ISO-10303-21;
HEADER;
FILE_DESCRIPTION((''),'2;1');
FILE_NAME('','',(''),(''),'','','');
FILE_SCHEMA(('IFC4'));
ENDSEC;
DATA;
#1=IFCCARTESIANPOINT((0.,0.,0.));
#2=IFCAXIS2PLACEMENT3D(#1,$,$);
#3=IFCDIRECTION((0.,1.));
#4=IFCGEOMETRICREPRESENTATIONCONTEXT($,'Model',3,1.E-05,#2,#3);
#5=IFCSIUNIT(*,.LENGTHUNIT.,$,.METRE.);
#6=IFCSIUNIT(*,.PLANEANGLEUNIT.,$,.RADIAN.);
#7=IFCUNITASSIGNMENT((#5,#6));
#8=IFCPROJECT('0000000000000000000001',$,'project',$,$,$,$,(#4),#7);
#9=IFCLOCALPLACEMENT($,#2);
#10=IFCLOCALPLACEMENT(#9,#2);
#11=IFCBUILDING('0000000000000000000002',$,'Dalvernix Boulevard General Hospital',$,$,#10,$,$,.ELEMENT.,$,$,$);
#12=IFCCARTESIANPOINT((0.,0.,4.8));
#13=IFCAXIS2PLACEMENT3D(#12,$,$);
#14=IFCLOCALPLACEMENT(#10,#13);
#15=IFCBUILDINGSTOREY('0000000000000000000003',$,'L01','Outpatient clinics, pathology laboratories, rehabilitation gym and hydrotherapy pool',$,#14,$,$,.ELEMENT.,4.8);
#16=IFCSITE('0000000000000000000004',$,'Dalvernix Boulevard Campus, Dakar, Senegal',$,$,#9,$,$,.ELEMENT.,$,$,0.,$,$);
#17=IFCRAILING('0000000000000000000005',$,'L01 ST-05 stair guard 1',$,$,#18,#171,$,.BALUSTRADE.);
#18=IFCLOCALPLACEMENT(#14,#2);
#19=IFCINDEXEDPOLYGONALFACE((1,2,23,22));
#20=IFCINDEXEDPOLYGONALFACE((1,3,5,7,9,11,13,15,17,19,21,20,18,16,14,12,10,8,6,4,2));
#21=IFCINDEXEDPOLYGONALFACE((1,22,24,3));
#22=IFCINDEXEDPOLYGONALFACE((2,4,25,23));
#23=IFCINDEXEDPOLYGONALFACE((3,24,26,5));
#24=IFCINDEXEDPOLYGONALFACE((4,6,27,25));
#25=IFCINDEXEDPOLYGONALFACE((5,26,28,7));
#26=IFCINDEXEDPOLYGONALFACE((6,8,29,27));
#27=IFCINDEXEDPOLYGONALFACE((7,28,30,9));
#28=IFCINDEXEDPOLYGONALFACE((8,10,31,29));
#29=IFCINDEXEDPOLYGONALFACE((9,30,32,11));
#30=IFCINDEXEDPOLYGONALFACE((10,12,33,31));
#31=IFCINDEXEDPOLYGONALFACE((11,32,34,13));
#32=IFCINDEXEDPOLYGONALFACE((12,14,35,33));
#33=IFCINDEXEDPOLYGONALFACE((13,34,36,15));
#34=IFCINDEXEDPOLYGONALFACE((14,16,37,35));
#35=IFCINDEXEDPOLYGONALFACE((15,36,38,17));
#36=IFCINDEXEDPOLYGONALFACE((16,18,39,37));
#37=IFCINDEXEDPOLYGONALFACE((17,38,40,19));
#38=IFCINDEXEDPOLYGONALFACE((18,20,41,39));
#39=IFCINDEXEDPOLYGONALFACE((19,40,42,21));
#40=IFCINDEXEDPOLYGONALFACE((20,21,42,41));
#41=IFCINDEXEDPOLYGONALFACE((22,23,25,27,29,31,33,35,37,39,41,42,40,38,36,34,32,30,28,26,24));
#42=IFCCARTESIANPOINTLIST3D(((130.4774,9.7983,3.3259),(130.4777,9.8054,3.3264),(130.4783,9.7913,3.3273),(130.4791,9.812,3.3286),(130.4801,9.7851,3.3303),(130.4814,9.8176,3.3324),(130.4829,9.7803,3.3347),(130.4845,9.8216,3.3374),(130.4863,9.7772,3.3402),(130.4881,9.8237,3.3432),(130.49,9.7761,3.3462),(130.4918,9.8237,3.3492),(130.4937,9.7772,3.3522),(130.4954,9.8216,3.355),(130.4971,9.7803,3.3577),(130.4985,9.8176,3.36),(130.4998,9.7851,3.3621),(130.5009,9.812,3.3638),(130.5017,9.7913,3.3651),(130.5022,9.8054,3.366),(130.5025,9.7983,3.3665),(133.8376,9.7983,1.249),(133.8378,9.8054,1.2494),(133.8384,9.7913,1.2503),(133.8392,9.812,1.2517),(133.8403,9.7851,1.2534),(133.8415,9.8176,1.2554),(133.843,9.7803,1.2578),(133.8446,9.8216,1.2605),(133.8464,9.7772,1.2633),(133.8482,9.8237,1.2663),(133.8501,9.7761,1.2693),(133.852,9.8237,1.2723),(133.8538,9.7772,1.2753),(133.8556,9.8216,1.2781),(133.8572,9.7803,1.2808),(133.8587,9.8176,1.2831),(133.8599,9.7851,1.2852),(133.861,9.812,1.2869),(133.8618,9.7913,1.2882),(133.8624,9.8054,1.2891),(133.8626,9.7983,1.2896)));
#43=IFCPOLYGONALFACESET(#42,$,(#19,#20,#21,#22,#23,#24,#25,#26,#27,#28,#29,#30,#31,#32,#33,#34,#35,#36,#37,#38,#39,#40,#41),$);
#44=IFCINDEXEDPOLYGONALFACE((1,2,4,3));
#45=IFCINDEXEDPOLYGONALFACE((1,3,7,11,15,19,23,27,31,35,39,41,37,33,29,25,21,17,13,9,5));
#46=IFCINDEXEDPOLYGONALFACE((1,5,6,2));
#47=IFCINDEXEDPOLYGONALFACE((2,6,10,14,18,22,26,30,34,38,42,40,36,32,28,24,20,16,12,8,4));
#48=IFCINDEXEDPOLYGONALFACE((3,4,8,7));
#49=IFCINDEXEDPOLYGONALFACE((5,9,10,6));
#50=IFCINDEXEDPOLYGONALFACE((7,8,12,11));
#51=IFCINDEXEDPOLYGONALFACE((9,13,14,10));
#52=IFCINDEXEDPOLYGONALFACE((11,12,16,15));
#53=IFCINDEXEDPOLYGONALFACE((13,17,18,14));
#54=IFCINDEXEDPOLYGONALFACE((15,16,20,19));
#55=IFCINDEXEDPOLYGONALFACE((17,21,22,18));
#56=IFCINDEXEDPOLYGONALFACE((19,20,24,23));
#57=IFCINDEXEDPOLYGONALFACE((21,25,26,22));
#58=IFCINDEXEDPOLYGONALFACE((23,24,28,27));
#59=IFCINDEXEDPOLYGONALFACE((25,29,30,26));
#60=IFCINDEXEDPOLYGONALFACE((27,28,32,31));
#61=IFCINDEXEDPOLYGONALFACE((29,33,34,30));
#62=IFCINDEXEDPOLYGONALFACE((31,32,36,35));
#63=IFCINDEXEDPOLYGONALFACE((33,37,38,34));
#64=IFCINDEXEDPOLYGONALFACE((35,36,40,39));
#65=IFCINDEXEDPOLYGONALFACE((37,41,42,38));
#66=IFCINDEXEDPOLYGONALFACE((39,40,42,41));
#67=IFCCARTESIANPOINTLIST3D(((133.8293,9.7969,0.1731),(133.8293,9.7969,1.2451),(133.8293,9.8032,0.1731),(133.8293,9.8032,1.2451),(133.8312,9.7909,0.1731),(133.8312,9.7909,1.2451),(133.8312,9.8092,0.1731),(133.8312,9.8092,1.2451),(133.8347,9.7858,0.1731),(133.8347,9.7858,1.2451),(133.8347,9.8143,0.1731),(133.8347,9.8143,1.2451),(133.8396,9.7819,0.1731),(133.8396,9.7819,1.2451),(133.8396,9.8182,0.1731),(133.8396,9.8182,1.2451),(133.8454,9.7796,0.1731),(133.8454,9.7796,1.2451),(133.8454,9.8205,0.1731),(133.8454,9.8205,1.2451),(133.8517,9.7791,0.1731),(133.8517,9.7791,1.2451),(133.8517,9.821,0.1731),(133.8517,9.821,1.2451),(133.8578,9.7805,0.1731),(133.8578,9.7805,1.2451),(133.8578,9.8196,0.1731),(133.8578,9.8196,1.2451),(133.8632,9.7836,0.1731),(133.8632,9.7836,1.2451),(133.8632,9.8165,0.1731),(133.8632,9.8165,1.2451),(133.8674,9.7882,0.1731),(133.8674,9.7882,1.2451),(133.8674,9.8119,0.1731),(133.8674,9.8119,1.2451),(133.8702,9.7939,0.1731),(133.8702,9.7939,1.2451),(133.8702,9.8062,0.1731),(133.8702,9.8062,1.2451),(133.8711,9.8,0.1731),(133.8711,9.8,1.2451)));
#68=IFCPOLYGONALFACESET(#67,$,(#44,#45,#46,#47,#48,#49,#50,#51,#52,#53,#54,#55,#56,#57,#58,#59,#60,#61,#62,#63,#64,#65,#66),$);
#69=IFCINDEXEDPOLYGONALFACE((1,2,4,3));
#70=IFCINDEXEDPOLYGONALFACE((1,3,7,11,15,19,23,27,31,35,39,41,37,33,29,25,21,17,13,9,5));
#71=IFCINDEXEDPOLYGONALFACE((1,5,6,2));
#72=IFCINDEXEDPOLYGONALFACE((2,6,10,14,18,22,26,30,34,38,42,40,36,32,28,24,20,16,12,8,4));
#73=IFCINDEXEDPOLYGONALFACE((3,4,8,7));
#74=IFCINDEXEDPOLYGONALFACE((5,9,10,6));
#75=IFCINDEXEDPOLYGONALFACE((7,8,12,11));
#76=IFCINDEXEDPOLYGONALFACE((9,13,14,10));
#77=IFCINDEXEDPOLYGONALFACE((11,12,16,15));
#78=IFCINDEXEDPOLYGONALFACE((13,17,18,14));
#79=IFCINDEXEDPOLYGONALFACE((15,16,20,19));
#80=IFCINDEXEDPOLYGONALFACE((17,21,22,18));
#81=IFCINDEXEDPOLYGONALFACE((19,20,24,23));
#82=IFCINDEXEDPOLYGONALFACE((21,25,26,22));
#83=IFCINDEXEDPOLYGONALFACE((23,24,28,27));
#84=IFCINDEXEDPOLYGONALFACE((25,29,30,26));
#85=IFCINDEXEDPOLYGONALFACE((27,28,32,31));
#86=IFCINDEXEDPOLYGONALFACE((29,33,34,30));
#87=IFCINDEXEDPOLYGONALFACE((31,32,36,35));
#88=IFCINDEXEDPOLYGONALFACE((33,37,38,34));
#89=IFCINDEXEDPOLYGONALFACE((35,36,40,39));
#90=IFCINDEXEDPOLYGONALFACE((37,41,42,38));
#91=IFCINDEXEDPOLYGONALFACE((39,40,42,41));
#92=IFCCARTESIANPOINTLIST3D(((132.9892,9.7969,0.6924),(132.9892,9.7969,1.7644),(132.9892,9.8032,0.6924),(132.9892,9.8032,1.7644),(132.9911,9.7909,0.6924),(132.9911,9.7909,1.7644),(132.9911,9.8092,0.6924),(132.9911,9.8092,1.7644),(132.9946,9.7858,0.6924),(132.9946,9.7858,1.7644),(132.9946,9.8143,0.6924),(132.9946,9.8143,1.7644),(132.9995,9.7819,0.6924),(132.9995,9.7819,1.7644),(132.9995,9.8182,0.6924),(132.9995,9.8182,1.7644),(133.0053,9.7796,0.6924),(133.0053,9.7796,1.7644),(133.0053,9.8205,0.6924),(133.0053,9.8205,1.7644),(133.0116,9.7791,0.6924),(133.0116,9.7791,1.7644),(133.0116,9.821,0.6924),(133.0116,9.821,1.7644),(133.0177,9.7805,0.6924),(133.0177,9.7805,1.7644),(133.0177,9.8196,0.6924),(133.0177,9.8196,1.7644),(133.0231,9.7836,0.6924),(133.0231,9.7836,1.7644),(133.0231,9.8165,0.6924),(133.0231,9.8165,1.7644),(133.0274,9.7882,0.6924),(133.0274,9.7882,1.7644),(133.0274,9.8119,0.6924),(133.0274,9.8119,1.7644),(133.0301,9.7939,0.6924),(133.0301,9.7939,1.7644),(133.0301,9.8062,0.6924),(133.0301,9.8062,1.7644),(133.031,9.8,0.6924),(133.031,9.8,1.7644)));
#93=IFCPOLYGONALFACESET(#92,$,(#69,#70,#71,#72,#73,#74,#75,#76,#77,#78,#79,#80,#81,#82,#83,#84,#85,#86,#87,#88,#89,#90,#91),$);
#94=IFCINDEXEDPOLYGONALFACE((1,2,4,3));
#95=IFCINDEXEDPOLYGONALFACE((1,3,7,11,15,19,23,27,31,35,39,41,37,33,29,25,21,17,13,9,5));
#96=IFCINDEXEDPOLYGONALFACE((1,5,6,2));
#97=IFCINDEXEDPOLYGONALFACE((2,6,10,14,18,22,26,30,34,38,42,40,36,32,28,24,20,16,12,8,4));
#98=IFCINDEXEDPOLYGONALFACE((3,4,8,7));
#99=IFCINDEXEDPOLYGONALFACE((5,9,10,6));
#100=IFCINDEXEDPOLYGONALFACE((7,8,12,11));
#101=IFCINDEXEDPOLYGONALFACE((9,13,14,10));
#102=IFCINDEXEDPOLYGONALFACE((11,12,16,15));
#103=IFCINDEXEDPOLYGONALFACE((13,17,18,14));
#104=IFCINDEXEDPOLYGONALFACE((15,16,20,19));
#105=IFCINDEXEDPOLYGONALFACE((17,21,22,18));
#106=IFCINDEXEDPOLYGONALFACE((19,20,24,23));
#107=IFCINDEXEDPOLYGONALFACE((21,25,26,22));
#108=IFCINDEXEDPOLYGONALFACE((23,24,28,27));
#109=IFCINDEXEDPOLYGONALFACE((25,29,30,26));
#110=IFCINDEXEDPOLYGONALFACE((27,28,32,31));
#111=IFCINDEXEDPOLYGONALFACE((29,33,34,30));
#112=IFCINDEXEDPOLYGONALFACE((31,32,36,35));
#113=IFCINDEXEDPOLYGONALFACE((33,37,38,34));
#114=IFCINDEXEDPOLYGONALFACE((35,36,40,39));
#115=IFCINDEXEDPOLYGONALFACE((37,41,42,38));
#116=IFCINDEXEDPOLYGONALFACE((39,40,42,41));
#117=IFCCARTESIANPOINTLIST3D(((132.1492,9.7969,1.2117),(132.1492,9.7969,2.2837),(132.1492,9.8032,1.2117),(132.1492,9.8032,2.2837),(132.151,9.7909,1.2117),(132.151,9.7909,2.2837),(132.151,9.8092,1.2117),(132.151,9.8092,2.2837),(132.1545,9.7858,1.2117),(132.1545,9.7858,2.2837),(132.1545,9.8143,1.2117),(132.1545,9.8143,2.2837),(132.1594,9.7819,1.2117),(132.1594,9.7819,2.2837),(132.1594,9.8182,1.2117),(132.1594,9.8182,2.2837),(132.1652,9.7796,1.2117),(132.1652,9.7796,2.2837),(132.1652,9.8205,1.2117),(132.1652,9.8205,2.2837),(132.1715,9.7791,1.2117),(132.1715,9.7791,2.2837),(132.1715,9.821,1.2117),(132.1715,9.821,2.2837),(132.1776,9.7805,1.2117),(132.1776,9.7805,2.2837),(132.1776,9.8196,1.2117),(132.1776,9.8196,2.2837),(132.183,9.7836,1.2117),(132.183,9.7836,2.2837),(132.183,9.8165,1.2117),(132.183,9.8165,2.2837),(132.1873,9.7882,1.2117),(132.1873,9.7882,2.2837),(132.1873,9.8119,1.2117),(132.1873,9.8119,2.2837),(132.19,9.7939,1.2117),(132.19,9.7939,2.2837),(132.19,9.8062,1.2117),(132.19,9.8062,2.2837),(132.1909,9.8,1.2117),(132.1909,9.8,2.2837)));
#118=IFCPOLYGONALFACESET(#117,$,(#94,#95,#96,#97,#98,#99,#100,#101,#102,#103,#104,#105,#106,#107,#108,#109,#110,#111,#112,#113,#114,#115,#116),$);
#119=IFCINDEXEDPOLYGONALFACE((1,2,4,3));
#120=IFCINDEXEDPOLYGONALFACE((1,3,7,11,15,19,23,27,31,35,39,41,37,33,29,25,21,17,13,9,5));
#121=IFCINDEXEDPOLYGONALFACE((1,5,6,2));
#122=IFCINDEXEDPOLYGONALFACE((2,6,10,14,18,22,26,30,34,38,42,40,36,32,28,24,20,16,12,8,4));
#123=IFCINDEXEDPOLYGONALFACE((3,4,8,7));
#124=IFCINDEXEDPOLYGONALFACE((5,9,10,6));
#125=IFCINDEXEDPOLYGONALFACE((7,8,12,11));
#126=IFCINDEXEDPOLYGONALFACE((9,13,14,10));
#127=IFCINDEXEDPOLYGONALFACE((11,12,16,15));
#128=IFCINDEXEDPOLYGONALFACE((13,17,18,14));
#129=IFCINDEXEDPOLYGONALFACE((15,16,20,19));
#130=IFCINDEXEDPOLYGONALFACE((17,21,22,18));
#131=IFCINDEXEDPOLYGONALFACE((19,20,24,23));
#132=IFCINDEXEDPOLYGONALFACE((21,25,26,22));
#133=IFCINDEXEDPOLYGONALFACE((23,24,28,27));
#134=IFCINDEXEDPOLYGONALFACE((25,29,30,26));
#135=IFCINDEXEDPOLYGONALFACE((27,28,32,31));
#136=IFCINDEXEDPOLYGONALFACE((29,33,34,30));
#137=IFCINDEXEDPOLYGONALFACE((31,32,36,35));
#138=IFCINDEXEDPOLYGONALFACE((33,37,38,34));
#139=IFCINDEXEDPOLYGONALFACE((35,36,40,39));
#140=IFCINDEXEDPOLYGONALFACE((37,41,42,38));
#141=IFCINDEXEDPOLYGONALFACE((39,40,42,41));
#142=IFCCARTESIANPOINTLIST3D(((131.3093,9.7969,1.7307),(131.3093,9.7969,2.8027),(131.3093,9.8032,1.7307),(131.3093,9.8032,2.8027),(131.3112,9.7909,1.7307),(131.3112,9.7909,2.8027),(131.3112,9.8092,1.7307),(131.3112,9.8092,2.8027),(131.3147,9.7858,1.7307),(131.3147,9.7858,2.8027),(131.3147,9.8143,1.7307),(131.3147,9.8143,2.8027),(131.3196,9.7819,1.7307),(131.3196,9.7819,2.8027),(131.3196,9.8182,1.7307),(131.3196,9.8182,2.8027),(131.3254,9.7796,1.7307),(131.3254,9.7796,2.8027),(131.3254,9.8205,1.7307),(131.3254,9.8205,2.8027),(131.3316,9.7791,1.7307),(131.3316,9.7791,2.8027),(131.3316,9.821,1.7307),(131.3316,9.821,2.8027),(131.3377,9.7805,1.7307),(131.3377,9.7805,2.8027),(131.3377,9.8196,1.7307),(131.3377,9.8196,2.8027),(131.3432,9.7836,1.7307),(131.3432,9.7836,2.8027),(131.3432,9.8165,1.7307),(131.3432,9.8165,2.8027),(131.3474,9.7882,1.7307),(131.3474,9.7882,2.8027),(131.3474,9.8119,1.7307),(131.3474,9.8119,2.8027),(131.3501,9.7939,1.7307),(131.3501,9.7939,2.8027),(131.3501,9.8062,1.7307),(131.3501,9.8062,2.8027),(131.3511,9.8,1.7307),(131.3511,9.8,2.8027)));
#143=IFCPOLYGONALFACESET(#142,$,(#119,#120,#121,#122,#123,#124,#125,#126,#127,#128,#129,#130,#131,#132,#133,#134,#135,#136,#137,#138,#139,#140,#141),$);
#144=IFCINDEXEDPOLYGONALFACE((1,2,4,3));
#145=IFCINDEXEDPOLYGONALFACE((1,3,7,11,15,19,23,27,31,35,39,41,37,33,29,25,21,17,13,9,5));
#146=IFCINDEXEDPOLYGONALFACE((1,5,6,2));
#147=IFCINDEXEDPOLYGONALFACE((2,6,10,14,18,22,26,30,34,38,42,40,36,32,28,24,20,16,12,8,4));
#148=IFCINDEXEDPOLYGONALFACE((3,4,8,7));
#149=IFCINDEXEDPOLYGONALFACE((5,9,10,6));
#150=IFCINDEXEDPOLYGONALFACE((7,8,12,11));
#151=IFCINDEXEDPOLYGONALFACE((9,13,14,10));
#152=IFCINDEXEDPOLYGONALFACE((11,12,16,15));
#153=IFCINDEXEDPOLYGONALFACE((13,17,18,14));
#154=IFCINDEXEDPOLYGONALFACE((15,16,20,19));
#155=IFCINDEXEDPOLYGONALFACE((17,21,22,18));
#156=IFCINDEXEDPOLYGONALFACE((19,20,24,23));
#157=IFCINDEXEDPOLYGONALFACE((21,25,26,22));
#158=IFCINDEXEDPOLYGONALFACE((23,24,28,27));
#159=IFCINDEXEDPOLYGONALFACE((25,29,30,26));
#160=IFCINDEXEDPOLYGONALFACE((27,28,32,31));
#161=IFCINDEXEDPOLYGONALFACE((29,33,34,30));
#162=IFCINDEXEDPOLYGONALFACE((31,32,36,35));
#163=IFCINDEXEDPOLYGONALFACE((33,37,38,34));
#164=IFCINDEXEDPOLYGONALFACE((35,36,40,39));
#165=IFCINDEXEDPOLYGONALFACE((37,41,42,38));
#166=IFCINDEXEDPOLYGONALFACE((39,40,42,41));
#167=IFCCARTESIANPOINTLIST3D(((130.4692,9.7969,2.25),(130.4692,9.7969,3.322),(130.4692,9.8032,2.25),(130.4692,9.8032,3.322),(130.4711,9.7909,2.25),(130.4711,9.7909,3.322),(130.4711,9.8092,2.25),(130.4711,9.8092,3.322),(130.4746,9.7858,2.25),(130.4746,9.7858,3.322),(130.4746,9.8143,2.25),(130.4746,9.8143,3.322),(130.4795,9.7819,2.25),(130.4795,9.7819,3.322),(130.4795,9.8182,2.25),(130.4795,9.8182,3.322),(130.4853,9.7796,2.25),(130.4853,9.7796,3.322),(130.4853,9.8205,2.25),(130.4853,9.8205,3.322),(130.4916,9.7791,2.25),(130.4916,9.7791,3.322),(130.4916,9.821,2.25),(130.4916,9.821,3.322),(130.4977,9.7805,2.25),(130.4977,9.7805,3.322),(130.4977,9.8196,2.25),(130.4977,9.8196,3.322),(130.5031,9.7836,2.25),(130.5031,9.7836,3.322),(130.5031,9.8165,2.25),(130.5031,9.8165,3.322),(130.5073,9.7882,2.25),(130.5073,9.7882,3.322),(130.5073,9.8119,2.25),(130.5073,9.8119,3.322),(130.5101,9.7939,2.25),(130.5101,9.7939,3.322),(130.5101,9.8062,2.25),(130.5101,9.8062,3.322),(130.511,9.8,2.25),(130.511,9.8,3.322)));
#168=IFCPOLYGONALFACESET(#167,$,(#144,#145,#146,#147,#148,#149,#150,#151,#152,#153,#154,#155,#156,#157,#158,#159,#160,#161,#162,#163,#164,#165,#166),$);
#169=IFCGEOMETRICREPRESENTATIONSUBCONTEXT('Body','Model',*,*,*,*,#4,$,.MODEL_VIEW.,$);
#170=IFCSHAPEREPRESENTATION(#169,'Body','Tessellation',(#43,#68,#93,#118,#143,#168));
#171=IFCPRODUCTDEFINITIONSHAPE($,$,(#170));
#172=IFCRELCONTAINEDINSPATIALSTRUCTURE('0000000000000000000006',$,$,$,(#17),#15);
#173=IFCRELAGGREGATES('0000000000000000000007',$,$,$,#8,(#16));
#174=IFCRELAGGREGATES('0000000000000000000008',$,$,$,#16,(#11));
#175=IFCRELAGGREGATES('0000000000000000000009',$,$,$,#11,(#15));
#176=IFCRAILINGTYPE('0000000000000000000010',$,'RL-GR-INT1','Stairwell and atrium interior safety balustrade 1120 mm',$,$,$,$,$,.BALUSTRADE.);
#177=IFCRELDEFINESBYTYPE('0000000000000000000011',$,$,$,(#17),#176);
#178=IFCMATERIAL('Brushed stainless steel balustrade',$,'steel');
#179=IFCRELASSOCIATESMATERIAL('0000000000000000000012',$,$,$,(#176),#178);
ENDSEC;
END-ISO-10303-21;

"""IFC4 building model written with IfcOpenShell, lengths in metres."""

from ifc_helpers import new_model, si_unit, direction, frame, origin, origin_2d, place, context, subcontext, project, spatial, circle, extrude, material, type_object, element, save


model = new_model("IFC4")

# Units and contexts
model_context = context("Model", 3, precision=1e-05, world=origin(), true_north=direction((0.0, 1.0)))
body_context = subcontext(model_context, "Body", "Model", "MODEL_VIEW")
ifc_project = project(units=[si_unit("LENGTHUNIT", "METRE"), si_unit("PLANEANGLEUNIT", "RADIAN")], contexts=[model_context])

# Site, building, storey
site_placement = place(None, origin())
site = spatial("IfcSite", under=ifc_project, at=site_placement, Name="Dalvernix Boulevard Campus, Dakar, Senegal", CompositionType="ELEMENT", RefElevation=0.0)
building_placement = place(site_placement, origin())
building = spatial("IfcBuilding", under=site, at=building_placement, Name="Dalvernix Boulevard General Hospital", CompositionType="ELEMENT")
storey_placement = place(building_placement, frame((0.0, 0.0, 4.8)))
storey = spatial("IfcBuildingStorey", under=building, at=storey_placement, Name="L01", Description="Outpatient clinics, pathology laboratories, rehabilitation gym and hydrotherapy pool", CompositionType="ELEMENT", Elevation=4.8)

# Railing
ifc_material_1 = material(Name="Brushed stainless steel balustrade", Category="steel")
railing_type_1 = type_object("IfcRailingType", Name="RL-GR-INT1", Description="Stairwell and atrium interior safety balustrade 1120 mm", PredefinedType="BALUSTRADE", material=ifc_material_1)
railing_1_placement = place(storey_placement, frame((133.8501, 9.8, 0.1731)))
element("IfcRailing", 1, at=railing_1_placement, inside=storey, type_object=railing_type_1, Name="L01 ST-05 stair guard 1", PredefinedType="BALUSTRADE", context=body_context, shape_type="SweptSolid", body=[
    extrude(circle(Radius=0.0239, at=origin_2d()), frame((0.0, 0.0, 1.0962), z_axis=(-0.850623, 0.0, 0.525776), x_axis=(0.0, -1.0, 0.0)), (0.0, 0.0, 1.0), 3.9502),
    extrude(circle(Radius=0.021, at=origin_2d()), origin(), (0.0, 0.0, 1.0), 1.072),
    extrude(circle(Radius=0.021, at=origin_2d()), frame((-0.8401, 0.0, 0.5193)), (0.0, 0.0, 1.0), 1.072),
    extrude(circle(Radius=0.021, at=origin_2d()), frame((-1.6802, 0.0, 1.0386)), (0.0, 0.0, 1.0), 1.072),
    extrude(circle(Radius=0.021, at=origin_2d()), frame((-2.52, 0.0, 1.5576)), (0.0, 0.0, 1.0), 1.072),
    extrude(circle(Radius=0.021, at=origin_2d()), frame((-3.3601, 0.0, 2.0769)), (0.0, 0.0, 1.0), 1.072),
])

save(model, "model.ifc")
